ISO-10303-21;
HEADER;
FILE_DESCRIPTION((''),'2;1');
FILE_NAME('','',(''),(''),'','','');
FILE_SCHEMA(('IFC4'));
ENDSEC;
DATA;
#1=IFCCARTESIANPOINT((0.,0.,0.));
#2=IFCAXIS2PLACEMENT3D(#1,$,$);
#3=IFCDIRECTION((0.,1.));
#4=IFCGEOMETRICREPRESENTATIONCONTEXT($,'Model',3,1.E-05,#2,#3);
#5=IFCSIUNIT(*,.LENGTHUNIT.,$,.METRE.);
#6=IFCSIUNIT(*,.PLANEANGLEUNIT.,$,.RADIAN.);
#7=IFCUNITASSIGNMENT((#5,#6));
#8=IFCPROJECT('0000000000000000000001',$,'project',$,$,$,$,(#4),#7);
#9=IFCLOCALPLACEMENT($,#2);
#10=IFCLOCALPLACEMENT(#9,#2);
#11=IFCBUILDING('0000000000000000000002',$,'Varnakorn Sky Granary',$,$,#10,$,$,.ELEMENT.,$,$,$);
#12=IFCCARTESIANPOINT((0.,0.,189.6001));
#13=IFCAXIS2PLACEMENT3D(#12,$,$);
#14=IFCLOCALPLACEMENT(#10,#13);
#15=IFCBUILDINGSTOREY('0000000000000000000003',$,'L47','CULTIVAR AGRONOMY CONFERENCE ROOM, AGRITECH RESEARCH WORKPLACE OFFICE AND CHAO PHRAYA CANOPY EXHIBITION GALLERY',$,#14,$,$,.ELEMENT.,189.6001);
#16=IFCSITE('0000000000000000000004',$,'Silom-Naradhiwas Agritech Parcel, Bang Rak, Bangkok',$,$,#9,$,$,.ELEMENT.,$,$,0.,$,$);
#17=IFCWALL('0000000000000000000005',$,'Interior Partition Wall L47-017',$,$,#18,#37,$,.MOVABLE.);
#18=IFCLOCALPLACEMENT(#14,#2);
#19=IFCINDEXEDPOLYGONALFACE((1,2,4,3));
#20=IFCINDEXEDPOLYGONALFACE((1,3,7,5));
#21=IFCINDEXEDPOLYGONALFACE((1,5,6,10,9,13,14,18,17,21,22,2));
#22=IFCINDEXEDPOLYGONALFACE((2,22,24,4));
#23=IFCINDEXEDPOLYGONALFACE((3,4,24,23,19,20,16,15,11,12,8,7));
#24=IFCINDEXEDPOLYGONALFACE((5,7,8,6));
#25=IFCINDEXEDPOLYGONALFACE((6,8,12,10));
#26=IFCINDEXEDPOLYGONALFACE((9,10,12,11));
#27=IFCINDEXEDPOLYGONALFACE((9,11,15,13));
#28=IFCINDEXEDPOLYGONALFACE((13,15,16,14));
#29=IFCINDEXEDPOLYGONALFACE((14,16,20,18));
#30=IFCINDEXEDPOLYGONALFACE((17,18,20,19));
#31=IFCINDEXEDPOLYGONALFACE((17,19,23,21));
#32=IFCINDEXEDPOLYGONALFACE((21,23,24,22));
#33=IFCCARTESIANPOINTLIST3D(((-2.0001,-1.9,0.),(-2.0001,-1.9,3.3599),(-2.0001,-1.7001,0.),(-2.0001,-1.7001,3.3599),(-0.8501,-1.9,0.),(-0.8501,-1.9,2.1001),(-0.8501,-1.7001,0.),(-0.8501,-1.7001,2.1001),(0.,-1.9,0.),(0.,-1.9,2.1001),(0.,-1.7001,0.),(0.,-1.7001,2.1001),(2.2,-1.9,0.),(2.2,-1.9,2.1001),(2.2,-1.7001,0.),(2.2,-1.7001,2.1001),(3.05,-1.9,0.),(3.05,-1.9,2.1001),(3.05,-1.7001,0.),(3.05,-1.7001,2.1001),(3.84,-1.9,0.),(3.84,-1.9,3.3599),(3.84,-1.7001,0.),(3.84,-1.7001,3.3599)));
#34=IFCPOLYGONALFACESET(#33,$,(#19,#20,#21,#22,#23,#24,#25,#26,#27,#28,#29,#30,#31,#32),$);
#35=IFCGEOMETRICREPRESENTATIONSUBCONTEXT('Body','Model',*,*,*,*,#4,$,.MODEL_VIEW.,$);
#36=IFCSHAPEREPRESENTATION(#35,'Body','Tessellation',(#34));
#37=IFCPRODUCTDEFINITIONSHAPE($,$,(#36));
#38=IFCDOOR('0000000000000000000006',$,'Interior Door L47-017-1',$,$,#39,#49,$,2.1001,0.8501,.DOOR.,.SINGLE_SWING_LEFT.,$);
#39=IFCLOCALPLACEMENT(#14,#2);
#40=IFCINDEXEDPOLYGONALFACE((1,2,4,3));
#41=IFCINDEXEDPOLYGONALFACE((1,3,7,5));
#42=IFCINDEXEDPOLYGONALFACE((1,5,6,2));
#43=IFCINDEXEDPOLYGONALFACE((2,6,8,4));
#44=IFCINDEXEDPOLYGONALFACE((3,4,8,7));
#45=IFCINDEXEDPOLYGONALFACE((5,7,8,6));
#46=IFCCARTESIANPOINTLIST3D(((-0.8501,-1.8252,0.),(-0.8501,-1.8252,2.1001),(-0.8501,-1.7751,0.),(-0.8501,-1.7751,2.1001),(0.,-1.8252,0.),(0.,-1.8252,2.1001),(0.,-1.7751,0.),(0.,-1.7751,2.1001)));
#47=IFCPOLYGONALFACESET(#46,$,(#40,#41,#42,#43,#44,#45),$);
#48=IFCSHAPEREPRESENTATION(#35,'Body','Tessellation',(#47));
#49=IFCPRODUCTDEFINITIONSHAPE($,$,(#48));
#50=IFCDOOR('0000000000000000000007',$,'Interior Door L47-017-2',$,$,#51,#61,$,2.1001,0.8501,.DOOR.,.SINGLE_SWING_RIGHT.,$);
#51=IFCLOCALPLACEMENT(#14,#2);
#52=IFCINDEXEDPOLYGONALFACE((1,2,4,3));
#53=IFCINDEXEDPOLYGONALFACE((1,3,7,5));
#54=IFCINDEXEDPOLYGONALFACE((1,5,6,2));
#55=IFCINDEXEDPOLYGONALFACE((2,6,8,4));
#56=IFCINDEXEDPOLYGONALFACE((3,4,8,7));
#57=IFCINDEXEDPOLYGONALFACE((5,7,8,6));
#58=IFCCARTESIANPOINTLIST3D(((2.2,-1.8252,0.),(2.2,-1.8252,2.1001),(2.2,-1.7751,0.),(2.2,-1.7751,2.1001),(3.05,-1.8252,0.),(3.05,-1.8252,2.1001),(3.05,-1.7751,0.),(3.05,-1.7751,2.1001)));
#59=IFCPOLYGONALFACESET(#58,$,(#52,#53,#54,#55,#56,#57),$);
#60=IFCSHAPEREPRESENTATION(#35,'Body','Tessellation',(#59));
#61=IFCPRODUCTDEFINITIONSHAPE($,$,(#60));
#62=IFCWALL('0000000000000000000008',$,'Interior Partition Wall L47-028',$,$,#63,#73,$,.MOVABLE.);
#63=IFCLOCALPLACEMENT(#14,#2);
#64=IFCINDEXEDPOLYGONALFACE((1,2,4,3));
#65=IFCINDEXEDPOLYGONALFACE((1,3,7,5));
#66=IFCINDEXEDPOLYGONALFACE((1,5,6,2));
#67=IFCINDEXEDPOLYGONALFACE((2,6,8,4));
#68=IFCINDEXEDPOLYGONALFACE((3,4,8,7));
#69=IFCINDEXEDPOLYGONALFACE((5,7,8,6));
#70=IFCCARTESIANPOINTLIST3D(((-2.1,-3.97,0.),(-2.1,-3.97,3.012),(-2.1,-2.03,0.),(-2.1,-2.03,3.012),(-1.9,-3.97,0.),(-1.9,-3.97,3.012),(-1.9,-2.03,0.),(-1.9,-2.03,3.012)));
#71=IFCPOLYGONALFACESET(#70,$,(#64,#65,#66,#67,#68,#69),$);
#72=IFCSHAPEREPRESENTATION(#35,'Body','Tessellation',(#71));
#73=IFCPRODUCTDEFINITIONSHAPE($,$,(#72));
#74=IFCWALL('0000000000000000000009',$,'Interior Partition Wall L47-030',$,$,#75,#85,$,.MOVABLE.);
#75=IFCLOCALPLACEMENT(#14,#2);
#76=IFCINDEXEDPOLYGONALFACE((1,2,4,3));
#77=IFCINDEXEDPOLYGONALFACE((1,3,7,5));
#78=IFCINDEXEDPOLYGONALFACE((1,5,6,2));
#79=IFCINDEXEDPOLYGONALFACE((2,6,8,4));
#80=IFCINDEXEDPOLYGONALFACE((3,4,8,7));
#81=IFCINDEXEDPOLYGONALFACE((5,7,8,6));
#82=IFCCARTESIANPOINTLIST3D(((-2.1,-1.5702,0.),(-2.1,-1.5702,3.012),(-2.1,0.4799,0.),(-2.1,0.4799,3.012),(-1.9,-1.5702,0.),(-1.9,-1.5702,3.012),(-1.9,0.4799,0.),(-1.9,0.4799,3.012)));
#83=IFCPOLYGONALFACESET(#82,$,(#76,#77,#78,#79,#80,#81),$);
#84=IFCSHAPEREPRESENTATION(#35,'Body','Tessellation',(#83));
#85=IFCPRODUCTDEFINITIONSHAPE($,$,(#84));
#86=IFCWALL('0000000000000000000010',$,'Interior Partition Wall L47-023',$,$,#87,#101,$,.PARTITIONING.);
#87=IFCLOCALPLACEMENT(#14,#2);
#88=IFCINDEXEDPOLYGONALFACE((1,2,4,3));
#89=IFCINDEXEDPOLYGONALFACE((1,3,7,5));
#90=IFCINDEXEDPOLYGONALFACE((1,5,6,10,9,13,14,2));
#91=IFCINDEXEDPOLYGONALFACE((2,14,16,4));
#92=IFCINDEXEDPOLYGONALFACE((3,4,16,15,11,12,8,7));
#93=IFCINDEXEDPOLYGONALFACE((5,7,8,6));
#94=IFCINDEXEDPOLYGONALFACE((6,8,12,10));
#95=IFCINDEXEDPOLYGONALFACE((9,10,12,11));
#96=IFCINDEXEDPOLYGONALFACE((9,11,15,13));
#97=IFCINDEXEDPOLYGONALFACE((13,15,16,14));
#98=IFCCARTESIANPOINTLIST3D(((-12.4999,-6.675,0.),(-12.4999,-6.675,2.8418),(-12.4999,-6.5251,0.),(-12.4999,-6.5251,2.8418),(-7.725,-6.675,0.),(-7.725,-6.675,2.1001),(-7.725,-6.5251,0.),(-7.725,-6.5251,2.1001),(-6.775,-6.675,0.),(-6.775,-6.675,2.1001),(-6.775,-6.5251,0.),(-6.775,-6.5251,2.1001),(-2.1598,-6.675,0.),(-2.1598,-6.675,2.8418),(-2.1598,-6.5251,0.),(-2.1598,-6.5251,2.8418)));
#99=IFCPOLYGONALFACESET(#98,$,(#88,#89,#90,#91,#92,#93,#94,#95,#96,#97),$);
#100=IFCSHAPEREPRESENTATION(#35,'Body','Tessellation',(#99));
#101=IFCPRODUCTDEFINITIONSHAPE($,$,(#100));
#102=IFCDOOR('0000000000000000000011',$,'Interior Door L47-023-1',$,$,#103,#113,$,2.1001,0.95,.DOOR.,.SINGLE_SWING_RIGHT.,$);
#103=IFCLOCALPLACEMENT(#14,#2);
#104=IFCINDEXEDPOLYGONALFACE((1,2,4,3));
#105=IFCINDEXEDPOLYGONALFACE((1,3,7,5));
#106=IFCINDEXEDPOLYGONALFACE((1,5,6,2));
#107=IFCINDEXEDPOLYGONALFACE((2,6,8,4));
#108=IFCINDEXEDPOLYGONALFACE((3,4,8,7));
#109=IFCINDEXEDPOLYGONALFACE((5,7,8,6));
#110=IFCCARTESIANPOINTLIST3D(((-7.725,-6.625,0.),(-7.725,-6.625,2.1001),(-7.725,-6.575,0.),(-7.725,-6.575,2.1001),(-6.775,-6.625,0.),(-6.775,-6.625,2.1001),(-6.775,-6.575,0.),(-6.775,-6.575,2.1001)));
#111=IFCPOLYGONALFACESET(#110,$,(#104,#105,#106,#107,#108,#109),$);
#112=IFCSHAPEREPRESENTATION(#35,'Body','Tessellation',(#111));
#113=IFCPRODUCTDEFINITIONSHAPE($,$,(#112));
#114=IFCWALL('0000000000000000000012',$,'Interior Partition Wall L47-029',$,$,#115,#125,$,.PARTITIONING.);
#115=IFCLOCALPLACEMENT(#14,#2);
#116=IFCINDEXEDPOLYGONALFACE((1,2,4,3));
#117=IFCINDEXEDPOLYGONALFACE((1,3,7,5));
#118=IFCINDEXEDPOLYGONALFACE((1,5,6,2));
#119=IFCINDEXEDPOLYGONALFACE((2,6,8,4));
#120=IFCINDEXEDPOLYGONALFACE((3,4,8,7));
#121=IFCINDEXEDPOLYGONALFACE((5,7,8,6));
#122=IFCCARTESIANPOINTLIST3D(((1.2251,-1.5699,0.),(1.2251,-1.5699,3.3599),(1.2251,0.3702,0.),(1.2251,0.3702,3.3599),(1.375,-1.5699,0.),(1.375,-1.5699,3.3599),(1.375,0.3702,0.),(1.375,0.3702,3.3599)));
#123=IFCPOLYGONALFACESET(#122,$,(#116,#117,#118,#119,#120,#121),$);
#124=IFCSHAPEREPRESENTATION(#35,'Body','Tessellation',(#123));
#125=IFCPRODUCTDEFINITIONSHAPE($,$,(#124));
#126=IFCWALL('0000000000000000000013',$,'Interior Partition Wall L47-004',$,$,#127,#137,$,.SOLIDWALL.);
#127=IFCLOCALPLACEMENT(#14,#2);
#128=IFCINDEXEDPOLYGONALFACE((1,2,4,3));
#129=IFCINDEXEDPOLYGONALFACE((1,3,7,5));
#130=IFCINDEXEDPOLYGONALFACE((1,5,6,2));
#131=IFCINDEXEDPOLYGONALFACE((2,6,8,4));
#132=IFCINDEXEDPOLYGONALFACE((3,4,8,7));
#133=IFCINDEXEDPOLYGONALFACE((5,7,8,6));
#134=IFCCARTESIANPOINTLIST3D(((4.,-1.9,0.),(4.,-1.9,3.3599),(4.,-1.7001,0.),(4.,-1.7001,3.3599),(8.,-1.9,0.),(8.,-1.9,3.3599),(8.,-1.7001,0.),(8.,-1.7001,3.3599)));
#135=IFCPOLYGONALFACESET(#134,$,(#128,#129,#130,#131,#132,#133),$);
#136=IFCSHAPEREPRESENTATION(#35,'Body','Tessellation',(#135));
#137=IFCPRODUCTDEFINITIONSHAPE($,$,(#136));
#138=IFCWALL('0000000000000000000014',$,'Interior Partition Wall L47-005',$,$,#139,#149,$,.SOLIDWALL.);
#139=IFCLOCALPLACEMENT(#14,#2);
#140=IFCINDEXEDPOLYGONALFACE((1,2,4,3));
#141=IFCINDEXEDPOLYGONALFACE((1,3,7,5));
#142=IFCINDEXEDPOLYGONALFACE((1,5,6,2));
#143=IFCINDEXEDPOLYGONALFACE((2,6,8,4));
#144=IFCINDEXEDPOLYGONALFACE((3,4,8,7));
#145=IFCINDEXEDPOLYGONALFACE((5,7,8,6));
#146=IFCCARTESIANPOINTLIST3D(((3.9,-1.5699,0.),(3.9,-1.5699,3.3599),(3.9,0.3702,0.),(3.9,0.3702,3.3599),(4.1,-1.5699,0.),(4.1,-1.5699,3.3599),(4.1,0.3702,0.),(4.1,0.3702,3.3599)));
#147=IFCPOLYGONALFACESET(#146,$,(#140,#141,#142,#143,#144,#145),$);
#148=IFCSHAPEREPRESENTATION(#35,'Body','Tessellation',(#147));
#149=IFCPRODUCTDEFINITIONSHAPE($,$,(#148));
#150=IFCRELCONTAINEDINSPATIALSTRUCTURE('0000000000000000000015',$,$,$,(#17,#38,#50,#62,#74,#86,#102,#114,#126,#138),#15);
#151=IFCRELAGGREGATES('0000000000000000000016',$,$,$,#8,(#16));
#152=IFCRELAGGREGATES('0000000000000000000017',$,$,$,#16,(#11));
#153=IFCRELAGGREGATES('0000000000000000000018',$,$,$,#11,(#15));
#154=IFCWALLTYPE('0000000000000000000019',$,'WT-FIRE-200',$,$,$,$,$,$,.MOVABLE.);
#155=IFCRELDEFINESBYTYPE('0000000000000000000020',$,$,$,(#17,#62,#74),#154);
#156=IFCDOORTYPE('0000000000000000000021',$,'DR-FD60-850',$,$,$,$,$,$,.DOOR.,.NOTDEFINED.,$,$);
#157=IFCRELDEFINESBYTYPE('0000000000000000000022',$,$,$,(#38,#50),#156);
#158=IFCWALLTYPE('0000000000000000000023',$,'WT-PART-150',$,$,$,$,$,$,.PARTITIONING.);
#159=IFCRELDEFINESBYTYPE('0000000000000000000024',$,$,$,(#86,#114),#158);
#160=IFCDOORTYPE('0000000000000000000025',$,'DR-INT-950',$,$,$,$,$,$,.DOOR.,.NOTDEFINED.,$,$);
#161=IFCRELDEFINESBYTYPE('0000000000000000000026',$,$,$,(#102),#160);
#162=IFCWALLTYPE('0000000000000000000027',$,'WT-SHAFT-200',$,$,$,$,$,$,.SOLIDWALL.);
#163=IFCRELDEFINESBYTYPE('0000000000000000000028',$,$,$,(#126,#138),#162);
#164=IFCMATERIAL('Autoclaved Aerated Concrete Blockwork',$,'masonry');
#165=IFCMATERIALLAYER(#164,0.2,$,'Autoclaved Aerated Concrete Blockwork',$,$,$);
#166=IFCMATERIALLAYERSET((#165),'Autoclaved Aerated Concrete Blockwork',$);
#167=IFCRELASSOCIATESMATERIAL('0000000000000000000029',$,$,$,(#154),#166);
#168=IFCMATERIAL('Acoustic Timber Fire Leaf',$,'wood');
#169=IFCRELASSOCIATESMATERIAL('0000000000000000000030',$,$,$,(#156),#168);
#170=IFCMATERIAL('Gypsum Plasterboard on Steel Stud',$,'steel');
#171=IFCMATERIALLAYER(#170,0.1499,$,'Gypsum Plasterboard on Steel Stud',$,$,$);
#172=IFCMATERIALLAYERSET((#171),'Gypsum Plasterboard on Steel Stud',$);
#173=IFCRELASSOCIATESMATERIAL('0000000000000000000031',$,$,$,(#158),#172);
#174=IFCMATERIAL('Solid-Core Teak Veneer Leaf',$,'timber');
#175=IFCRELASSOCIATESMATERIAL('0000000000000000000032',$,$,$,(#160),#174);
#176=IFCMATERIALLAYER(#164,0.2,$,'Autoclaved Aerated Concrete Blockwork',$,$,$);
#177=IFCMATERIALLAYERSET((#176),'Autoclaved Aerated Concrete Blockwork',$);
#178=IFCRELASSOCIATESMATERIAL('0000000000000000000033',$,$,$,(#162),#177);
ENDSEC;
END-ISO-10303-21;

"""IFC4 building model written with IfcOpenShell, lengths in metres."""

from ifc_helpers import new_model, si_unit, direction, frame, frame_2d, origin, place, context, subcontext, project, spatial, rectangle, extrude, material, layer, layer_set, type_object, element, fill, save


model = new_model("IFC4")

# Units and contexts
model_context = context("Model", 3, precision=1e-05, world=origin(), true_north=direction((0.0, 1.0)))
body_context = subcontext(model_context, "Body", "Model", "MODEL_VIEW")
ifc_project = project(units=[si_unit("LENGTHUNIT", "METRE"), si_unit("PLANEANGLEUNIT", "RADIAN")], contexts=[model_context])

# Site, building, storey
site_placement = place(None, origin())
site = spatial("IfcSite", under=ifc_project, at=site_placement, Name="Silom-Naradhiwas Agritech Parcel, Bang Rak, Bangkok", CompositionType="ELEMENT", RefElevation=0.0)
building_placement = place(site_placement, origin())
building = spatial("IfcBuilding", under=site, at=building_placement, Name="Varnakorn Sky Granary", CompositionType="ELEMENT")
storey_placement = place(building_placement, frame((0.0, 0.0, 189.6001)))
storey = spatial("IfcBuildingStorey", under=building, at=storey_placement, Name="L47", Description="CULTIVAR AGRONOMY CONFERENCE ROOM, AGRITECH RESEARCH WORKPLACE OFFICE AND CHAO PHRAYA CANOPY EXHIBITION GALLERY", CompositionType="ELEMENT", Elevation=189.6001)

# Wall, openings, doors
ifc_material_1 = material(Name="Autoclaved Aerated Concrete Blockwork", Category="masonry")
ifc_layer_1 = layer(ifc_material_1, 0.2, Name="Autoclaved Aerated Concrete Blockwork")
ifc_layer_set_1 = layer_set([ifc_layer_1], Name="Autoclaved Aerated Concrete Blockwork")
wall_type_1 = type_object("IfcWallType", Name="WT-FIRE-200", PredefinedType="MOVABLE", material=ifc_layer_set_1)
wall_1_placement = place(storey_placement, frame((-2.0, -1.8, 0.0), z_axis=(0.0, 0.0, 1.0), x_axis=(1.0, 0.0, 0.0)))
wall_1 = element("IfcWall", 1, at=wall_1_placement, inside=storey, type_object=wall_type_1, Name="Interior Partition Wall L47-017", PredefinedType="MOVABLE", context=body_context, shape_type="SweptSolid", body=[
    extrude(rectangle(XDim=5.8401, YDim=0.2, at=frame_2d((2.9199, 0.0))), origin(), (0.0, 0.0, 1.0), 3.3599),
])
opening_1_placement = place(wall_1_placement, frame((1.1499, 0.0, 0.0)))
opening_1 = element("IfcOpeningElement", 2, at=opening_1_placement, cuts=wall_1, PredefinedType="OPENING", context=body_context, shape_type="SweptSolid", body=[
    extrude(rectangle(XDim=0.8501, YDim=2.1001, at=frame_2d((0.425, 1.05))), frame((0.0, 0.1099, 0.0), z_axis=(0.0, -1.0, 0.0), x_axis=(1.0, 0.0, 0.0)), (0.0, 0.0, 1.0), 0.22),
])
opening_2_placement = place(wall_1_placement, frame((4.2, 0.0, 0.0)))
opening_2 = element("IfcOpeningElement", 3, at=opening_2_placement, cuts=wall_1, PredefinedType="OPENING", context=body_context, shape_type="SweptSolid", body=[
    extrude(rectangle(XDim=0.8501, YDim=2.1001, at=frame_2d((0.425, 1.05))), frame((0.0, 0.1099, 0.0), z_axis=(0.0, -1.0, 0.0), x_axis=(1.0, 0.0, 0.0)), (0.0, 0.0, 1.0), 0.22),
])
ifc_material_2 = material(Name="Acoustic Timber Fire Leaf", Category="wood")
door_type_1 = type_object("IfcDoorType", Name="DR-FD60-850", OperationType="NOTDEFINED", PredefinedType="DOOR", material=ifc_material_2)
door_1_placement = place(opening_1_placement, origin())
door_1 = element("IfcDoor", 4, at=door_1_placement, inside=storey, type_object=door_type_1, Name="Interior Door L47-017-1", OperationType="SINGLE_SWING_LEFT", OverallHeight=2.1001, OverallWidth=0.8501, PredefinedType="DOOR", context=body_context, shape_type="SweptSolid", body=[
    extrude(rectangle(XDim=0.8501, YDim=2.1001, at=frame_2d((0.425, 1.05))), frame((0.0, 0.0249, 0.0), z_axis=(0.0, -1.0, 0.0), x_axis=(1.0, 0.0, 0.0)), (0.0, 0.0, 1.0), 0.05),
])
fill(opening_1, door_1)
door_2_placement = place(opening_2_placement, origin())
door_2 = element("IfcDoor", 5, at=door_2_placement, inside=storey, type_object=door_type_1, Name="Interior Door L47-017-2", OperationType="SINGLE_SWING_RIGHT", OverallHeight=2.1001, OverallWidth=0.8501, PredefinedType="DOOR", context=body_context, shape_type="SweptSolid", body=[
    extrude(rectangle(XDim=0.8501, YDim=2.1001, at=frame_2d((0.425, 1.05))), frame((0.0, 0.0249, 0.0), z_axis=(0.0, -1.0, 0.0), x_axis=(1.0, 0.0, 0.0)), (0.0, 0.0, 1.0), 0.05),
])
fill(opening_2, door_2)

# Walls
wall_2_placement = place(storey_placement, frame((-2.0, -3.97, 0.0), z_axis=(0.0, 0.0, 1.0), x_axis=(0.0, 1.0, 0.0)))
element("IfcWall", 6, at=wall_2_placement, inside=storey, type_object=wall_type_1, Name="Interior Partition Wall L47-028", PredefinedType="MOVABLE", context=body_context, shape_type="SweptSolid", body=[
    extrude(rectangle(XDim=1.9399, YDim=0.2, at=frame_2d((0.97, 0.0))), origin(), (0.0, 0.0, 1.0), 3.012),
])
wall_3_placement = place(storey_placement, frame((-2.0, -1.5701, 0.0), z_axis=(0.0, 0.0, 1.0), x_axis=(0.0, 1.0, 0.0)))
element("IfcWall", 7, at=wall_3_placement, inside=storey, type_object=wall_type_1, Name="Interior Partition Wall L47-030", PredefinedType="MOVABLE", context=body_context, shape_type="SweptSolid", body=[
    extrude(rectangle(XDim=2.05, YDim=0.2, at=frame_2d((1.0249, 0.0))), origin(), (0.0, 0.0, 1.0), 3.012),
])

# Wall, opening, door
ifc_material_3 = material(Name="Gypsum Plasterboard on Steel Stud", Category="steel")
ifc_layer_2 = layer(ifc_material_3, 0.1499, Name="Gypsum Plasterboard on Steel Stud")
ifc_layer_set_2 = layer_set([ifc_layer_2], Name="Gypsum Plasterboard on Steel Stud")
wall_type_2 = type_object("IfcWallType", Name="WT-PART-150", PredefinedType="PARTITIONING", material=ifc_layer_set_2)
wall_4_placement = place(storey_placement, frame((-2.1599, -6.6001, 0.0), z_axis=(0.0, 0.0, 1.0), x_axis=(-1.0, 0.0, 0.0)))
wall_4 = element("IfcWall", 8, at=wall_4_placement, inside=storey, type_object=wall_type_2, Name="Interior Partition Wall L47-023", PredefinedType="PARTITIONING", context=body_context, shape_type="SweptSolid", body=[
    extrude(rectangle(XDim=10.3401, YDim=0.1499, at=frame_2d((5.1699, 0.0))), origin(), (0.0, 0.0, 1.0), 2.8418),
])
opening_3_placement = place(wall_4_placement, frame((4.615, 0.0, 0.0)))
opening_3 = element("IfcOpeningElement", 9, at=opening_3_placement, cuts=wall_4, PredefinedType="OPENING", context=body_context, shape_type="SweptSolid", body=[
    extrude(rectangle(XDim=0.95, YDim=2.1001, at=frame_2d((0.4751, 1.05))), frame((0.0, 0.085, 0.0), z_axis=(0.0, -1.0, 0.0), x_axis=(1.0, 0.0, 0.0)), (0.0, 0.0, 1.0), 0.1699),
])
ifc_material_4 = material(Name="Solid-Core Teak Veneer Leaf", Category="timber")
door_type_2 = type_object("IfcDoorType", Name="DR-INT-950", OperationType="NOTDEFINED", PredefinedType="DOOR", material=ifc_material_4)
door_3_placement = place(opening_3_placement, origin())
door_3 = element("IfcDoor", 10, at=door_3_placement, inside=storey, type_object=door_type_2, Name="Interior Door L47-023-1", OperationType="SINGLE_SWING_RIGHT", OverallHeight=2.1001, OverallWidth=0.95, PredefinedType="DOOR", context=body_context, shape_type="SweptSolid", body=[
    extrude(rectangle(XDim=0.95, YDim=2.1001, at=frame_2d((0.4751, 1.05))), frame((0.0, 0.0249, 0.0), z_axis=(0.0, -1.0, 0.0), x_axis=(1.0, 0.0, 0.0)), (0.0, 0.0, 1.0), 0.05),
])
fill(opening_3, door_3)

# Walls
wall_5_placement = place(storey_placement, frame((1.3, -1.5701, 0.0), z_axis=(0.0, 0.0, 1.0), x_axis=(0.0, 1.0, 0.0)))
element("IfcWall", 11, at=wall_5_placement, inside=storey, type_object=wall_type_2, Name="Interior Partition Wall L47-029", PredefinedType="PARTITIONING", context=body_context, shape_type="SweptSolid", body=[
    extrude(rectangle(XDim=1.9402, YDim=0.1499, at=frame_2d((0.9702, 0.0))), origin(), (0.0, 0.0, 1.0), 3.3599),
])
ifc_layer_3 = layer(ifc_material_1, 0.2, Name="Autoclaved Aerated Concrete Blockwork")
ifc_layer_set_3 = layer_set([ifc_layer_3], Name="Autoclaved Aerated Concrete Blockwork")
wall_type_3 = type_object("IfcWallType", Name="WT-SHAFT-200", PredefinedType="SOLIDWALL", material=ifc_layer_set_3)
wall_6_placement = place(storey_placement, frame((4.0, -1.8, 0.0), z_axis=(0.0, 0.0, 1.0), x_axis=(1.0, 0.0, 0.0)))
element("IfcWall", 12, at=wall_6_placement, inside=storey, type_object=wall_type_3, Name="Interior Partition Wall L47-004", PredefinedType="SOLIDWALL", context=body_context, shape_type="SweptSolid", body=[
    extrude(rectangle(XDim=4.0, YDim=0.2, at=frame_2d((2.0, 0.0))), origin(), (0.0, 0.0, 1.0), 3.3599),
])
wall_7_placement = place(storey_placement, frame((4.0, -1.5701, 0.0), z_axis=(0.0, 0.0, 1.0), x_axis=(0.0, 1.0, 0.0)))
element("IfcWall", 13, at=wall_7_placement, inside=storey, type_object=wall_type_3, Name="Interior Partition Wall L47-005", PredefinedType="SOLIDWALL", context=body_context, shape_type="SweptSolid", body=[
    extrude(rectangle(XDim=1.9402, YDim=0.2, at=frame_2d((0.9702, 0.0))), origin(), (0.0, 0.0, 1.0), 3.3599),
])

save(model, "model.ifc")
